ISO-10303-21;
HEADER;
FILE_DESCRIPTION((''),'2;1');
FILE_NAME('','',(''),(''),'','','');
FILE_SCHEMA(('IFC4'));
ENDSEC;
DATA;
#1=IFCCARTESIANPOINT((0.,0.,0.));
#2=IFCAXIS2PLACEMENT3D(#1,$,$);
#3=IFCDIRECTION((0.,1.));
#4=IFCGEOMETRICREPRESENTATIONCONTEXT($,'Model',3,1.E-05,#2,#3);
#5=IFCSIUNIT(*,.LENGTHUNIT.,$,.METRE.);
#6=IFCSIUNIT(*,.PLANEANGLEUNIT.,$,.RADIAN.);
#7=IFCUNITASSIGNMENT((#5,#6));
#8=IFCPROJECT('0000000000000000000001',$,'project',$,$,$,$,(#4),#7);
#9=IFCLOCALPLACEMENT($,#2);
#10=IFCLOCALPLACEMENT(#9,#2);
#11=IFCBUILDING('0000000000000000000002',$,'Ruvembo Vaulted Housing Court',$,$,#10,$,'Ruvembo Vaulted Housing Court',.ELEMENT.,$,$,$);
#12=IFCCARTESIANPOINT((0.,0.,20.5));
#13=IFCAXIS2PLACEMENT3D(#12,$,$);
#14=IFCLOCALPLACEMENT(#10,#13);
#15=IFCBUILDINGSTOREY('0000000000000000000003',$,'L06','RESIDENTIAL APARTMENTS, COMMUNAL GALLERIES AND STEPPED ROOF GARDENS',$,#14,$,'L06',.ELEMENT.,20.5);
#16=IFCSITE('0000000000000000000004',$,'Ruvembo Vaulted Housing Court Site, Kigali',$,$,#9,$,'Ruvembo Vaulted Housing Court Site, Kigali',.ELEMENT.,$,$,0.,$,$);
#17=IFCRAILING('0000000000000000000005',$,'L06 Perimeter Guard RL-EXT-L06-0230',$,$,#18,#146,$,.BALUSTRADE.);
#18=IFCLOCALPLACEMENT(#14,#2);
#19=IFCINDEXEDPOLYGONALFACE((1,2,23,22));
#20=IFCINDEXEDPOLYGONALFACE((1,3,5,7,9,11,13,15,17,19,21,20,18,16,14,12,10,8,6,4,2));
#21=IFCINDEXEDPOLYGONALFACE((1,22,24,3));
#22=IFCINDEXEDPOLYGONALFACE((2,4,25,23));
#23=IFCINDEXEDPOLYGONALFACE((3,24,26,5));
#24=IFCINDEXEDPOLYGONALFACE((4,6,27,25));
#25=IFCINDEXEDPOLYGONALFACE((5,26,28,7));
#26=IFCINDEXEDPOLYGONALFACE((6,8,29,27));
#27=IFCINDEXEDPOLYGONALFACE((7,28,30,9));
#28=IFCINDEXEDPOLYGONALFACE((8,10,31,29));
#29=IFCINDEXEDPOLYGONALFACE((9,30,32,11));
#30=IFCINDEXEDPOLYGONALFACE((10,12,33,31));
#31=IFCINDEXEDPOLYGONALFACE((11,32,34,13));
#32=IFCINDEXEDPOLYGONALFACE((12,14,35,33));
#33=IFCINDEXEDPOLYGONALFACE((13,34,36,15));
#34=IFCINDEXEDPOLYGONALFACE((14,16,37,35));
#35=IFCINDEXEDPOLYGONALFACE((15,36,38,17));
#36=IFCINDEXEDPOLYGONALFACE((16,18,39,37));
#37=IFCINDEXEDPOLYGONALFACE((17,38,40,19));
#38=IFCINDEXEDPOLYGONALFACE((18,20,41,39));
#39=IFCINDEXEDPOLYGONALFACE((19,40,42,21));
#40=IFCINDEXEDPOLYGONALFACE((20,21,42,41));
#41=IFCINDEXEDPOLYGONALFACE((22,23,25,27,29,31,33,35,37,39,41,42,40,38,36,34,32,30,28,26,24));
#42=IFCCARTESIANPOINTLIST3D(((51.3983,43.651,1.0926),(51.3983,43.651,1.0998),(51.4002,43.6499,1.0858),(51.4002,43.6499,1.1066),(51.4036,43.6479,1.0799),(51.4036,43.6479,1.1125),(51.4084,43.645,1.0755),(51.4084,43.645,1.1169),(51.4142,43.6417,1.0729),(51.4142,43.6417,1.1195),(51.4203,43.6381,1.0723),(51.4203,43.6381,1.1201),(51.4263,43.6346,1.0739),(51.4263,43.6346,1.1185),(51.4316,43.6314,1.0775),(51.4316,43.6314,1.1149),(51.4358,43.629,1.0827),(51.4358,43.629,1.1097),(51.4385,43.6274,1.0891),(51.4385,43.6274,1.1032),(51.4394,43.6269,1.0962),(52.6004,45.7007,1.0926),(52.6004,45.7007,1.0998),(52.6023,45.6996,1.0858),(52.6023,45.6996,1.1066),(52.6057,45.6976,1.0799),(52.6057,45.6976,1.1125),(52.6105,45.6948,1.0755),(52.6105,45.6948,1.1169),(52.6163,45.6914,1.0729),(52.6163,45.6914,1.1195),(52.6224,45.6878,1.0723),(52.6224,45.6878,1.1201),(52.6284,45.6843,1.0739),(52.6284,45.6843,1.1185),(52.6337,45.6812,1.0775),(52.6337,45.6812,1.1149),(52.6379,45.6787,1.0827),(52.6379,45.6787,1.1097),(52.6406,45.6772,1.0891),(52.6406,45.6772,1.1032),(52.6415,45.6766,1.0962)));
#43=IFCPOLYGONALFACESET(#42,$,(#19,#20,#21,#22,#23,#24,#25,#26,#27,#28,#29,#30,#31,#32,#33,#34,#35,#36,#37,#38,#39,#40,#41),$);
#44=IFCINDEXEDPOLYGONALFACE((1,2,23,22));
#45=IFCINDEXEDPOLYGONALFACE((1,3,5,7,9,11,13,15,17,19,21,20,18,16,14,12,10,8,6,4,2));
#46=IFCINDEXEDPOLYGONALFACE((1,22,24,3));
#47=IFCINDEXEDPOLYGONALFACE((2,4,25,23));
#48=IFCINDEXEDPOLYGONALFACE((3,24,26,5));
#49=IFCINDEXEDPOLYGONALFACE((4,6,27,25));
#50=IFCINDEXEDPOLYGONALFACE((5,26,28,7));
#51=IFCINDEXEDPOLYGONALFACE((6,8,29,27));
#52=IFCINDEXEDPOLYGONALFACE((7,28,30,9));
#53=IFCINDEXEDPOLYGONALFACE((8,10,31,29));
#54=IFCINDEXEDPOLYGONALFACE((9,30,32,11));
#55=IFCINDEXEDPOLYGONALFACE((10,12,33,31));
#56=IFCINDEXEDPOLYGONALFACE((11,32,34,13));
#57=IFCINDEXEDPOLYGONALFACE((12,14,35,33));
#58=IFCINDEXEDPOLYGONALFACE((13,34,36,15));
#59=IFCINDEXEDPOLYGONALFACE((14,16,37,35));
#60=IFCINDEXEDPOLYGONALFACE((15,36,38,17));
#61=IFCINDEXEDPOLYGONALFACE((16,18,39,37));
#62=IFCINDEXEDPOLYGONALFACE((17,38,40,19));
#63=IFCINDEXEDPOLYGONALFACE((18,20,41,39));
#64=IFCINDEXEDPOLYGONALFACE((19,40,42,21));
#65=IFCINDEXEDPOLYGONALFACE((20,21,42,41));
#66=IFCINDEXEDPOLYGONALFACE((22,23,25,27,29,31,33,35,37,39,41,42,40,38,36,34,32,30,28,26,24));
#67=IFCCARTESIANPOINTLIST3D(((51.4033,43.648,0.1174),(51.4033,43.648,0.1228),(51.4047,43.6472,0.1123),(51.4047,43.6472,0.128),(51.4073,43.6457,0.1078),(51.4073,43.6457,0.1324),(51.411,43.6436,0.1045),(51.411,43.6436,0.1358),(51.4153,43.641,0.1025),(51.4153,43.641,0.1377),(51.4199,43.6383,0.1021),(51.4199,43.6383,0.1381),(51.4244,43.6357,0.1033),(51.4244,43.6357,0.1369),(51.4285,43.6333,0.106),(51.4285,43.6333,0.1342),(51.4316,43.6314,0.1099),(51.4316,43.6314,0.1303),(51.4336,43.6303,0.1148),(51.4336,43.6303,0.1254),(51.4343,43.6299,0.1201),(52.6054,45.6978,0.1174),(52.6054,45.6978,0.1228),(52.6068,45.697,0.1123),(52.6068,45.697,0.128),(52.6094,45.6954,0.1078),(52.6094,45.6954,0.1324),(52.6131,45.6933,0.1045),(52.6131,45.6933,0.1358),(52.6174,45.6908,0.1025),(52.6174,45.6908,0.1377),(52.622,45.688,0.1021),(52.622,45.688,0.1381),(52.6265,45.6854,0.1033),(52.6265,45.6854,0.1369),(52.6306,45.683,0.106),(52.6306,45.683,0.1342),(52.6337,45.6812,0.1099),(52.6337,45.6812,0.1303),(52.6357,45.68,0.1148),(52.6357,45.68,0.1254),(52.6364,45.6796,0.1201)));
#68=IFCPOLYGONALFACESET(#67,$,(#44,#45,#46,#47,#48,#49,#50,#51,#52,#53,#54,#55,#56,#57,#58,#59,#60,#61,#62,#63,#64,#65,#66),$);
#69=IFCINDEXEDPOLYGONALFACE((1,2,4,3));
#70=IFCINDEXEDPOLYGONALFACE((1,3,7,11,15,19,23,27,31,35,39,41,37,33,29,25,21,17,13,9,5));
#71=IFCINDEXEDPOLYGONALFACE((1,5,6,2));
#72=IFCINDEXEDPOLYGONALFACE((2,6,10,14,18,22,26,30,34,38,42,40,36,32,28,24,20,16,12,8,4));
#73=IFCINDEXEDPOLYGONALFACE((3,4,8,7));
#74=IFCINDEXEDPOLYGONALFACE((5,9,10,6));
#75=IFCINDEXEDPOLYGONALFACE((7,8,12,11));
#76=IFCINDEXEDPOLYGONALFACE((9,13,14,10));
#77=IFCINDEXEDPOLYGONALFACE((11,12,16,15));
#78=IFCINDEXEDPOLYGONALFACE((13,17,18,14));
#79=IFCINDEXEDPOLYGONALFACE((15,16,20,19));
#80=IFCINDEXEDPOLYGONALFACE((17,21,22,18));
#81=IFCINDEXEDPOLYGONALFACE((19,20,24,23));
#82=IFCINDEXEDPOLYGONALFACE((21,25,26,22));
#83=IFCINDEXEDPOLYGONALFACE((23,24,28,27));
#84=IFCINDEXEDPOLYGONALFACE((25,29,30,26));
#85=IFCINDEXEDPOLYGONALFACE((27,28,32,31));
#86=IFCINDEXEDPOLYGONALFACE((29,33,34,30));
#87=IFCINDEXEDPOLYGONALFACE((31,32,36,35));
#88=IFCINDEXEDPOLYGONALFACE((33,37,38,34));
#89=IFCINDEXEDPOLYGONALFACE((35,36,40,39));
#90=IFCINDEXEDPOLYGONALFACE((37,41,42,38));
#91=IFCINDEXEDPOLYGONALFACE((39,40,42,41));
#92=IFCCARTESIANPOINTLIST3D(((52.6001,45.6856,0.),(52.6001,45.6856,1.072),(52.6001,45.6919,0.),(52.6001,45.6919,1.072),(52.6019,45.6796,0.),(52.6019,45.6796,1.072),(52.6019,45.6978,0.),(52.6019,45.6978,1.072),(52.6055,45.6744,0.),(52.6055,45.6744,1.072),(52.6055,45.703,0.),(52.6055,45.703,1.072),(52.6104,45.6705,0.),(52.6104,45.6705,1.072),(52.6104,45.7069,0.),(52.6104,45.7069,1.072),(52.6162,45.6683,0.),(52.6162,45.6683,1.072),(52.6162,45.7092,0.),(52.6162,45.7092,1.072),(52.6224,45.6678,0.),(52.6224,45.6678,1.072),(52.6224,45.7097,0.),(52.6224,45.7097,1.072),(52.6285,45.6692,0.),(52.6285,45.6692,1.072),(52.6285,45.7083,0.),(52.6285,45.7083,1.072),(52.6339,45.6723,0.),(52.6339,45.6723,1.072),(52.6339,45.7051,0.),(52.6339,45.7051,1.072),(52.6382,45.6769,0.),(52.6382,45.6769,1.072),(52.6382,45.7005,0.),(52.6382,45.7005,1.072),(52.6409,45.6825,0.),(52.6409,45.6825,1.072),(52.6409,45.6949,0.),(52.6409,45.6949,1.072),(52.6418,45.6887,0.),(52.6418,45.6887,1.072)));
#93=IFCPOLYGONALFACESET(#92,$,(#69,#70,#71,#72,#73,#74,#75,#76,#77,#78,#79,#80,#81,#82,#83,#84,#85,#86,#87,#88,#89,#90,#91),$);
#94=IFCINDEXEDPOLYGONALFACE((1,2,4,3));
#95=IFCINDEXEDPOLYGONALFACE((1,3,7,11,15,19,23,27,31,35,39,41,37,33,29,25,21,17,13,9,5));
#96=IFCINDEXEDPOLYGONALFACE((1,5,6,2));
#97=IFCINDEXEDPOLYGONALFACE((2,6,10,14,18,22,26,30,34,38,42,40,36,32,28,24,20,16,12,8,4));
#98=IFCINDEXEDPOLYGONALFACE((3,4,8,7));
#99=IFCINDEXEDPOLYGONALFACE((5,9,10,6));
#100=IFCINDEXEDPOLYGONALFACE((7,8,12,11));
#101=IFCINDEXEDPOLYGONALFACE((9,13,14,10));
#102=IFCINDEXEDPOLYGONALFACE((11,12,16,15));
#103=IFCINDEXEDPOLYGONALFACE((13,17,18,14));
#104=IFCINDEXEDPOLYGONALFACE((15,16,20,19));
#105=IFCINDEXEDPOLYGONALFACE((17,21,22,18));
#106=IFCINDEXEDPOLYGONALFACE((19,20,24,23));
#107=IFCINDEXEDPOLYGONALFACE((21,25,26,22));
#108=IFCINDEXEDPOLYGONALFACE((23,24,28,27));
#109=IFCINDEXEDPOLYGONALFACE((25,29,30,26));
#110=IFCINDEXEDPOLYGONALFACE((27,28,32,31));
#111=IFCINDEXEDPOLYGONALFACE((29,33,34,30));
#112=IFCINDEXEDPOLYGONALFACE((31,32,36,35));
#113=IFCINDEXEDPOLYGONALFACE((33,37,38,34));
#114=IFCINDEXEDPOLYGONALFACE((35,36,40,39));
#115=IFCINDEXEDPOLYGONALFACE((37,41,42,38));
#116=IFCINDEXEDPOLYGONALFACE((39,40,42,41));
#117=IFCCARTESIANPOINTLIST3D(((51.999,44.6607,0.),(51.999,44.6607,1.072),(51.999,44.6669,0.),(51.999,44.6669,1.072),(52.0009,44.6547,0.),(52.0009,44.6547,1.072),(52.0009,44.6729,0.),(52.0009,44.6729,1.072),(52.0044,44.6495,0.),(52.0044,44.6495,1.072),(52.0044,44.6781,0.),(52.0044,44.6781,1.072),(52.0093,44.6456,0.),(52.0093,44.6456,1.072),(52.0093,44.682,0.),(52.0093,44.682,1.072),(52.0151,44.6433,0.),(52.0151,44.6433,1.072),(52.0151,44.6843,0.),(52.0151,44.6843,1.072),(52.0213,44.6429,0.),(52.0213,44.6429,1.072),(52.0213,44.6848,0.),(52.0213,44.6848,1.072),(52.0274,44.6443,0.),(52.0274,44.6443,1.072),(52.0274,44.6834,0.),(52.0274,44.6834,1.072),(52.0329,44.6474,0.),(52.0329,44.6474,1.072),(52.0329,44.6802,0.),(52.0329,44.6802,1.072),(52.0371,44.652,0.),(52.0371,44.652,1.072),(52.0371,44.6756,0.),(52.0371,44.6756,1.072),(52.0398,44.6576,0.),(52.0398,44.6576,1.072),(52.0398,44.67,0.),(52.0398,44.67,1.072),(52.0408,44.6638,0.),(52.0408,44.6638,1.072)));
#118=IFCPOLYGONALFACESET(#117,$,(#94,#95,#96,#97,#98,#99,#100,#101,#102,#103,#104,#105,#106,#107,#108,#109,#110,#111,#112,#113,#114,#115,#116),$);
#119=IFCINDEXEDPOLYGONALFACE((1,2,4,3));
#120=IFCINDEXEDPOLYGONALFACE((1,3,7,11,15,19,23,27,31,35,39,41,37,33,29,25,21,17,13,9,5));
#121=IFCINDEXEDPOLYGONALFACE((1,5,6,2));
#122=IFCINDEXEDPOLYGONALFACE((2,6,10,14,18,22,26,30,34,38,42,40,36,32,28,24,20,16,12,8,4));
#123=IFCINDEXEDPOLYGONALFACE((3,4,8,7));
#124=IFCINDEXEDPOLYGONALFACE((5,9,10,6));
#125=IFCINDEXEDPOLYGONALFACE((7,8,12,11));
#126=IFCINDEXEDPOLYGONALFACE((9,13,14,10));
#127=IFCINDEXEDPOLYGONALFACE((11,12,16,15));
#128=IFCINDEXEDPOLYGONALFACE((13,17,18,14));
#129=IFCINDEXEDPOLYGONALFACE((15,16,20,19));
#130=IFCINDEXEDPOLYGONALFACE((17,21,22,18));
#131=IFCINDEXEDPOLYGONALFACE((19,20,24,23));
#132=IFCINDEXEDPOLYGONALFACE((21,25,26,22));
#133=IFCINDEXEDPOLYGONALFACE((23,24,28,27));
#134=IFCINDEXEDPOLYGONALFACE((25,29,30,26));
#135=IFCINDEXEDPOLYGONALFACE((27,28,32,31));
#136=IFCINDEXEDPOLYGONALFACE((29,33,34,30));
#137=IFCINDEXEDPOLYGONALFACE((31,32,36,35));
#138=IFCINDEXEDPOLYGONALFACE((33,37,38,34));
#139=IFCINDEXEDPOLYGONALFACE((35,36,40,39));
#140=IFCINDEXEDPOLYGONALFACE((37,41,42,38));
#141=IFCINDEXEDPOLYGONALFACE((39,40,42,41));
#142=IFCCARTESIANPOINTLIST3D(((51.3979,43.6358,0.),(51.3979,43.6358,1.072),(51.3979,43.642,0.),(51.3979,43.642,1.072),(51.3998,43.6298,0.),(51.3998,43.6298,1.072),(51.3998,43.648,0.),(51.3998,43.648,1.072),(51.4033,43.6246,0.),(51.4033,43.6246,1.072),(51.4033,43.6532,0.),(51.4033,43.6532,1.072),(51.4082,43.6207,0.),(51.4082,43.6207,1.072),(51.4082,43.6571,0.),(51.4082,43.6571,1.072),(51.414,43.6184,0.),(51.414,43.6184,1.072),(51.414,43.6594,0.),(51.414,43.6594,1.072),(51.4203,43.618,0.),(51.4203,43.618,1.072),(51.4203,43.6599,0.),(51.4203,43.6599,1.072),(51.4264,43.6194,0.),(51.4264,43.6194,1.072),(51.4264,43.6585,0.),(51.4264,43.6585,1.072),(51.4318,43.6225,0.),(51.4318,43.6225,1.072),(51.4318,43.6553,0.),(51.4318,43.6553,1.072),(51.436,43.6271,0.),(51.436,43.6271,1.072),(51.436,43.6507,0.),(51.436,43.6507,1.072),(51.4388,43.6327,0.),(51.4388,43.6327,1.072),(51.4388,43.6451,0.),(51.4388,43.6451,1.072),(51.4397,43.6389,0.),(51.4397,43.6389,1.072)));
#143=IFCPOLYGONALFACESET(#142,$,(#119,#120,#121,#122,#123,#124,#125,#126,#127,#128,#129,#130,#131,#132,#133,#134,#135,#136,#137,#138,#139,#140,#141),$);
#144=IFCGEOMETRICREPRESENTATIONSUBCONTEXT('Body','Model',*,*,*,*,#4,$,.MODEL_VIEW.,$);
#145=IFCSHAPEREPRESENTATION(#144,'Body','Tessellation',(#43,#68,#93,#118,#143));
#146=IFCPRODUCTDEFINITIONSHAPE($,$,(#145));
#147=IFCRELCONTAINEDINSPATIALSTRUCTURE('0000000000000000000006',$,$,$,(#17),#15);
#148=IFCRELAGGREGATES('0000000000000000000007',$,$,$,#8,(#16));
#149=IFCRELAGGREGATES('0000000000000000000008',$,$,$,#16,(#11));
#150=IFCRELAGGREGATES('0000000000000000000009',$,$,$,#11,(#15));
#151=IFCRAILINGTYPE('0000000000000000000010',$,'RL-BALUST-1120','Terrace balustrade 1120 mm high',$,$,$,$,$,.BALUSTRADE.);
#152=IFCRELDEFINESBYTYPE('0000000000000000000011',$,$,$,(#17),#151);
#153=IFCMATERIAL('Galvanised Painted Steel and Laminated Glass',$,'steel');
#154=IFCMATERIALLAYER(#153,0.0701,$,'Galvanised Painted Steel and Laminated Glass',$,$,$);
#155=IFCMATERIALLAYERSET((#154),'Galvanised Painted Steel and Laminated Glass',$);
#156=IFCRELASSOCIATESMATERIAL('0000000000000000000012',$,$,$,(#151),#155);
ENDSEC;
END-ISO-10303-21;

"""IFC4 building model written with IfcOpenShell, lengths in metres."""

from ifc_helpers import new_model, si_unit, direction, frame, origin, origin_2d, place, context, subcontext, project, spatial, circle, extrude, material, layer, layer_set, type_object, element, save


model = new_model("IFC4")

# Units and contexts
model_context = context("Model", 3, precision=1e-05, world=origin(), true_north=direction((0.0, 1.0)))
body_context = subcontext(model_context, "Body", "Model", "MODEL_VIEW")
ifc_project = project(units=[si_unit("LENGTHUNIT", "METRE"), si_unit("PLANEANGLEUNIT", "RADIAN")], contexts=[model_context])

# Site, building, storey
site_placement = place(None, origin())
site = spatial("IfcSite", under=ifc_project, at=site_placement, Name="Ruvembo Vaulted Housing Court Site, Kigali", LongName="Ruvembo Vaulted Housing Court Site, Kigali", CompositionType="ELEMENT", RefElevation=0.0)
building_placement = place(site_placement, origin())
building = spatial("IfcBuilding", under=site, at=building_placement, Name="Ruvembo Vaulted Housing Court", LongName="Ruvembo Vaulted Housing Court", CompositionType="ELEMENT")
storey_placement = place(building_placement, frame((0.0, 0.0, 20.5)))
storey = spatial("IfcBuildingStorey", under=building, at=storey_placement, Name="L06", Description="RESIDENTIAL APARTMENTS, COMMUNAL GALLERIES AND STEPPED ROOF GARDENS", LongName="L06", CompositionType="ELEMENT", Elevation=20.5)

# Railing
ifc_material_1 = material(Name="Galvanised Painted Steel and Laminated Glass", Category="steel")
ifc_layer = layer(ifc_material_1, 0.0701, Name="Galvanised Painted Steel and Laminated Glass")
ifc_layer_set = layer_set([ifc_layer], Name="Galvanised Painted Steel and Laminated Glass")
railing_type = type_object("IfcRailingType", Name="RL-BALUST-1120", Description="Terrace balustrade 1120 mm high", PredefinedType="BALUSTRADE", material=ifc_layer_set)
railing_1_placement = place(storey_placement, frame((52.6208, 45.6887, 0.0)))
element("IfcRailing", 1, at=railing_1_placement, inside=storey, type_object=railing_type, Name="L06 Perimeter Guard RL-EXT-L06-0230", PredefinedType="BALUSTRADE", context=body_context, shape_type="SweptSolid", body=[
    extrude(circle(Radius=0.0239, at=origin_2d()), frame((0.0, 0.0, 1.0962), z_axis=(-0.505888, -0.862599, 0.0), x_axis=(0.862599, -0.505888, 0.0)), (0.0, 0.0, 1.0), 2.3762),
    extrude(circle(Radius=0.0181, at=origin_2d()), frame((0.0, 0.0, 0.1201), z_axis=(-0.505888, -0.862599, 0.0), x_axis=(0.862599, -0.505888, 0.0)), (0.0, 0.0, 1.0), 2.3762),
    extrude(circle(Radius=0.021, at=origin_2d()), origin(), (0.0, 0.0, 1.0), 1.072),
    extrude(circle(Radius=0.021, at=origin_2d()), frame((-0.6011, -1.0249, 0.0)), (0.0, 0.0, 1.0), 1.072),
    extrude(circle(Radius=0.021, at=origin_2d()), frame((-1.2021, -2.0498, 0.0)), (0.0, 0.0, 1.0), 1.072),
])

save(model, "model.ifc")
